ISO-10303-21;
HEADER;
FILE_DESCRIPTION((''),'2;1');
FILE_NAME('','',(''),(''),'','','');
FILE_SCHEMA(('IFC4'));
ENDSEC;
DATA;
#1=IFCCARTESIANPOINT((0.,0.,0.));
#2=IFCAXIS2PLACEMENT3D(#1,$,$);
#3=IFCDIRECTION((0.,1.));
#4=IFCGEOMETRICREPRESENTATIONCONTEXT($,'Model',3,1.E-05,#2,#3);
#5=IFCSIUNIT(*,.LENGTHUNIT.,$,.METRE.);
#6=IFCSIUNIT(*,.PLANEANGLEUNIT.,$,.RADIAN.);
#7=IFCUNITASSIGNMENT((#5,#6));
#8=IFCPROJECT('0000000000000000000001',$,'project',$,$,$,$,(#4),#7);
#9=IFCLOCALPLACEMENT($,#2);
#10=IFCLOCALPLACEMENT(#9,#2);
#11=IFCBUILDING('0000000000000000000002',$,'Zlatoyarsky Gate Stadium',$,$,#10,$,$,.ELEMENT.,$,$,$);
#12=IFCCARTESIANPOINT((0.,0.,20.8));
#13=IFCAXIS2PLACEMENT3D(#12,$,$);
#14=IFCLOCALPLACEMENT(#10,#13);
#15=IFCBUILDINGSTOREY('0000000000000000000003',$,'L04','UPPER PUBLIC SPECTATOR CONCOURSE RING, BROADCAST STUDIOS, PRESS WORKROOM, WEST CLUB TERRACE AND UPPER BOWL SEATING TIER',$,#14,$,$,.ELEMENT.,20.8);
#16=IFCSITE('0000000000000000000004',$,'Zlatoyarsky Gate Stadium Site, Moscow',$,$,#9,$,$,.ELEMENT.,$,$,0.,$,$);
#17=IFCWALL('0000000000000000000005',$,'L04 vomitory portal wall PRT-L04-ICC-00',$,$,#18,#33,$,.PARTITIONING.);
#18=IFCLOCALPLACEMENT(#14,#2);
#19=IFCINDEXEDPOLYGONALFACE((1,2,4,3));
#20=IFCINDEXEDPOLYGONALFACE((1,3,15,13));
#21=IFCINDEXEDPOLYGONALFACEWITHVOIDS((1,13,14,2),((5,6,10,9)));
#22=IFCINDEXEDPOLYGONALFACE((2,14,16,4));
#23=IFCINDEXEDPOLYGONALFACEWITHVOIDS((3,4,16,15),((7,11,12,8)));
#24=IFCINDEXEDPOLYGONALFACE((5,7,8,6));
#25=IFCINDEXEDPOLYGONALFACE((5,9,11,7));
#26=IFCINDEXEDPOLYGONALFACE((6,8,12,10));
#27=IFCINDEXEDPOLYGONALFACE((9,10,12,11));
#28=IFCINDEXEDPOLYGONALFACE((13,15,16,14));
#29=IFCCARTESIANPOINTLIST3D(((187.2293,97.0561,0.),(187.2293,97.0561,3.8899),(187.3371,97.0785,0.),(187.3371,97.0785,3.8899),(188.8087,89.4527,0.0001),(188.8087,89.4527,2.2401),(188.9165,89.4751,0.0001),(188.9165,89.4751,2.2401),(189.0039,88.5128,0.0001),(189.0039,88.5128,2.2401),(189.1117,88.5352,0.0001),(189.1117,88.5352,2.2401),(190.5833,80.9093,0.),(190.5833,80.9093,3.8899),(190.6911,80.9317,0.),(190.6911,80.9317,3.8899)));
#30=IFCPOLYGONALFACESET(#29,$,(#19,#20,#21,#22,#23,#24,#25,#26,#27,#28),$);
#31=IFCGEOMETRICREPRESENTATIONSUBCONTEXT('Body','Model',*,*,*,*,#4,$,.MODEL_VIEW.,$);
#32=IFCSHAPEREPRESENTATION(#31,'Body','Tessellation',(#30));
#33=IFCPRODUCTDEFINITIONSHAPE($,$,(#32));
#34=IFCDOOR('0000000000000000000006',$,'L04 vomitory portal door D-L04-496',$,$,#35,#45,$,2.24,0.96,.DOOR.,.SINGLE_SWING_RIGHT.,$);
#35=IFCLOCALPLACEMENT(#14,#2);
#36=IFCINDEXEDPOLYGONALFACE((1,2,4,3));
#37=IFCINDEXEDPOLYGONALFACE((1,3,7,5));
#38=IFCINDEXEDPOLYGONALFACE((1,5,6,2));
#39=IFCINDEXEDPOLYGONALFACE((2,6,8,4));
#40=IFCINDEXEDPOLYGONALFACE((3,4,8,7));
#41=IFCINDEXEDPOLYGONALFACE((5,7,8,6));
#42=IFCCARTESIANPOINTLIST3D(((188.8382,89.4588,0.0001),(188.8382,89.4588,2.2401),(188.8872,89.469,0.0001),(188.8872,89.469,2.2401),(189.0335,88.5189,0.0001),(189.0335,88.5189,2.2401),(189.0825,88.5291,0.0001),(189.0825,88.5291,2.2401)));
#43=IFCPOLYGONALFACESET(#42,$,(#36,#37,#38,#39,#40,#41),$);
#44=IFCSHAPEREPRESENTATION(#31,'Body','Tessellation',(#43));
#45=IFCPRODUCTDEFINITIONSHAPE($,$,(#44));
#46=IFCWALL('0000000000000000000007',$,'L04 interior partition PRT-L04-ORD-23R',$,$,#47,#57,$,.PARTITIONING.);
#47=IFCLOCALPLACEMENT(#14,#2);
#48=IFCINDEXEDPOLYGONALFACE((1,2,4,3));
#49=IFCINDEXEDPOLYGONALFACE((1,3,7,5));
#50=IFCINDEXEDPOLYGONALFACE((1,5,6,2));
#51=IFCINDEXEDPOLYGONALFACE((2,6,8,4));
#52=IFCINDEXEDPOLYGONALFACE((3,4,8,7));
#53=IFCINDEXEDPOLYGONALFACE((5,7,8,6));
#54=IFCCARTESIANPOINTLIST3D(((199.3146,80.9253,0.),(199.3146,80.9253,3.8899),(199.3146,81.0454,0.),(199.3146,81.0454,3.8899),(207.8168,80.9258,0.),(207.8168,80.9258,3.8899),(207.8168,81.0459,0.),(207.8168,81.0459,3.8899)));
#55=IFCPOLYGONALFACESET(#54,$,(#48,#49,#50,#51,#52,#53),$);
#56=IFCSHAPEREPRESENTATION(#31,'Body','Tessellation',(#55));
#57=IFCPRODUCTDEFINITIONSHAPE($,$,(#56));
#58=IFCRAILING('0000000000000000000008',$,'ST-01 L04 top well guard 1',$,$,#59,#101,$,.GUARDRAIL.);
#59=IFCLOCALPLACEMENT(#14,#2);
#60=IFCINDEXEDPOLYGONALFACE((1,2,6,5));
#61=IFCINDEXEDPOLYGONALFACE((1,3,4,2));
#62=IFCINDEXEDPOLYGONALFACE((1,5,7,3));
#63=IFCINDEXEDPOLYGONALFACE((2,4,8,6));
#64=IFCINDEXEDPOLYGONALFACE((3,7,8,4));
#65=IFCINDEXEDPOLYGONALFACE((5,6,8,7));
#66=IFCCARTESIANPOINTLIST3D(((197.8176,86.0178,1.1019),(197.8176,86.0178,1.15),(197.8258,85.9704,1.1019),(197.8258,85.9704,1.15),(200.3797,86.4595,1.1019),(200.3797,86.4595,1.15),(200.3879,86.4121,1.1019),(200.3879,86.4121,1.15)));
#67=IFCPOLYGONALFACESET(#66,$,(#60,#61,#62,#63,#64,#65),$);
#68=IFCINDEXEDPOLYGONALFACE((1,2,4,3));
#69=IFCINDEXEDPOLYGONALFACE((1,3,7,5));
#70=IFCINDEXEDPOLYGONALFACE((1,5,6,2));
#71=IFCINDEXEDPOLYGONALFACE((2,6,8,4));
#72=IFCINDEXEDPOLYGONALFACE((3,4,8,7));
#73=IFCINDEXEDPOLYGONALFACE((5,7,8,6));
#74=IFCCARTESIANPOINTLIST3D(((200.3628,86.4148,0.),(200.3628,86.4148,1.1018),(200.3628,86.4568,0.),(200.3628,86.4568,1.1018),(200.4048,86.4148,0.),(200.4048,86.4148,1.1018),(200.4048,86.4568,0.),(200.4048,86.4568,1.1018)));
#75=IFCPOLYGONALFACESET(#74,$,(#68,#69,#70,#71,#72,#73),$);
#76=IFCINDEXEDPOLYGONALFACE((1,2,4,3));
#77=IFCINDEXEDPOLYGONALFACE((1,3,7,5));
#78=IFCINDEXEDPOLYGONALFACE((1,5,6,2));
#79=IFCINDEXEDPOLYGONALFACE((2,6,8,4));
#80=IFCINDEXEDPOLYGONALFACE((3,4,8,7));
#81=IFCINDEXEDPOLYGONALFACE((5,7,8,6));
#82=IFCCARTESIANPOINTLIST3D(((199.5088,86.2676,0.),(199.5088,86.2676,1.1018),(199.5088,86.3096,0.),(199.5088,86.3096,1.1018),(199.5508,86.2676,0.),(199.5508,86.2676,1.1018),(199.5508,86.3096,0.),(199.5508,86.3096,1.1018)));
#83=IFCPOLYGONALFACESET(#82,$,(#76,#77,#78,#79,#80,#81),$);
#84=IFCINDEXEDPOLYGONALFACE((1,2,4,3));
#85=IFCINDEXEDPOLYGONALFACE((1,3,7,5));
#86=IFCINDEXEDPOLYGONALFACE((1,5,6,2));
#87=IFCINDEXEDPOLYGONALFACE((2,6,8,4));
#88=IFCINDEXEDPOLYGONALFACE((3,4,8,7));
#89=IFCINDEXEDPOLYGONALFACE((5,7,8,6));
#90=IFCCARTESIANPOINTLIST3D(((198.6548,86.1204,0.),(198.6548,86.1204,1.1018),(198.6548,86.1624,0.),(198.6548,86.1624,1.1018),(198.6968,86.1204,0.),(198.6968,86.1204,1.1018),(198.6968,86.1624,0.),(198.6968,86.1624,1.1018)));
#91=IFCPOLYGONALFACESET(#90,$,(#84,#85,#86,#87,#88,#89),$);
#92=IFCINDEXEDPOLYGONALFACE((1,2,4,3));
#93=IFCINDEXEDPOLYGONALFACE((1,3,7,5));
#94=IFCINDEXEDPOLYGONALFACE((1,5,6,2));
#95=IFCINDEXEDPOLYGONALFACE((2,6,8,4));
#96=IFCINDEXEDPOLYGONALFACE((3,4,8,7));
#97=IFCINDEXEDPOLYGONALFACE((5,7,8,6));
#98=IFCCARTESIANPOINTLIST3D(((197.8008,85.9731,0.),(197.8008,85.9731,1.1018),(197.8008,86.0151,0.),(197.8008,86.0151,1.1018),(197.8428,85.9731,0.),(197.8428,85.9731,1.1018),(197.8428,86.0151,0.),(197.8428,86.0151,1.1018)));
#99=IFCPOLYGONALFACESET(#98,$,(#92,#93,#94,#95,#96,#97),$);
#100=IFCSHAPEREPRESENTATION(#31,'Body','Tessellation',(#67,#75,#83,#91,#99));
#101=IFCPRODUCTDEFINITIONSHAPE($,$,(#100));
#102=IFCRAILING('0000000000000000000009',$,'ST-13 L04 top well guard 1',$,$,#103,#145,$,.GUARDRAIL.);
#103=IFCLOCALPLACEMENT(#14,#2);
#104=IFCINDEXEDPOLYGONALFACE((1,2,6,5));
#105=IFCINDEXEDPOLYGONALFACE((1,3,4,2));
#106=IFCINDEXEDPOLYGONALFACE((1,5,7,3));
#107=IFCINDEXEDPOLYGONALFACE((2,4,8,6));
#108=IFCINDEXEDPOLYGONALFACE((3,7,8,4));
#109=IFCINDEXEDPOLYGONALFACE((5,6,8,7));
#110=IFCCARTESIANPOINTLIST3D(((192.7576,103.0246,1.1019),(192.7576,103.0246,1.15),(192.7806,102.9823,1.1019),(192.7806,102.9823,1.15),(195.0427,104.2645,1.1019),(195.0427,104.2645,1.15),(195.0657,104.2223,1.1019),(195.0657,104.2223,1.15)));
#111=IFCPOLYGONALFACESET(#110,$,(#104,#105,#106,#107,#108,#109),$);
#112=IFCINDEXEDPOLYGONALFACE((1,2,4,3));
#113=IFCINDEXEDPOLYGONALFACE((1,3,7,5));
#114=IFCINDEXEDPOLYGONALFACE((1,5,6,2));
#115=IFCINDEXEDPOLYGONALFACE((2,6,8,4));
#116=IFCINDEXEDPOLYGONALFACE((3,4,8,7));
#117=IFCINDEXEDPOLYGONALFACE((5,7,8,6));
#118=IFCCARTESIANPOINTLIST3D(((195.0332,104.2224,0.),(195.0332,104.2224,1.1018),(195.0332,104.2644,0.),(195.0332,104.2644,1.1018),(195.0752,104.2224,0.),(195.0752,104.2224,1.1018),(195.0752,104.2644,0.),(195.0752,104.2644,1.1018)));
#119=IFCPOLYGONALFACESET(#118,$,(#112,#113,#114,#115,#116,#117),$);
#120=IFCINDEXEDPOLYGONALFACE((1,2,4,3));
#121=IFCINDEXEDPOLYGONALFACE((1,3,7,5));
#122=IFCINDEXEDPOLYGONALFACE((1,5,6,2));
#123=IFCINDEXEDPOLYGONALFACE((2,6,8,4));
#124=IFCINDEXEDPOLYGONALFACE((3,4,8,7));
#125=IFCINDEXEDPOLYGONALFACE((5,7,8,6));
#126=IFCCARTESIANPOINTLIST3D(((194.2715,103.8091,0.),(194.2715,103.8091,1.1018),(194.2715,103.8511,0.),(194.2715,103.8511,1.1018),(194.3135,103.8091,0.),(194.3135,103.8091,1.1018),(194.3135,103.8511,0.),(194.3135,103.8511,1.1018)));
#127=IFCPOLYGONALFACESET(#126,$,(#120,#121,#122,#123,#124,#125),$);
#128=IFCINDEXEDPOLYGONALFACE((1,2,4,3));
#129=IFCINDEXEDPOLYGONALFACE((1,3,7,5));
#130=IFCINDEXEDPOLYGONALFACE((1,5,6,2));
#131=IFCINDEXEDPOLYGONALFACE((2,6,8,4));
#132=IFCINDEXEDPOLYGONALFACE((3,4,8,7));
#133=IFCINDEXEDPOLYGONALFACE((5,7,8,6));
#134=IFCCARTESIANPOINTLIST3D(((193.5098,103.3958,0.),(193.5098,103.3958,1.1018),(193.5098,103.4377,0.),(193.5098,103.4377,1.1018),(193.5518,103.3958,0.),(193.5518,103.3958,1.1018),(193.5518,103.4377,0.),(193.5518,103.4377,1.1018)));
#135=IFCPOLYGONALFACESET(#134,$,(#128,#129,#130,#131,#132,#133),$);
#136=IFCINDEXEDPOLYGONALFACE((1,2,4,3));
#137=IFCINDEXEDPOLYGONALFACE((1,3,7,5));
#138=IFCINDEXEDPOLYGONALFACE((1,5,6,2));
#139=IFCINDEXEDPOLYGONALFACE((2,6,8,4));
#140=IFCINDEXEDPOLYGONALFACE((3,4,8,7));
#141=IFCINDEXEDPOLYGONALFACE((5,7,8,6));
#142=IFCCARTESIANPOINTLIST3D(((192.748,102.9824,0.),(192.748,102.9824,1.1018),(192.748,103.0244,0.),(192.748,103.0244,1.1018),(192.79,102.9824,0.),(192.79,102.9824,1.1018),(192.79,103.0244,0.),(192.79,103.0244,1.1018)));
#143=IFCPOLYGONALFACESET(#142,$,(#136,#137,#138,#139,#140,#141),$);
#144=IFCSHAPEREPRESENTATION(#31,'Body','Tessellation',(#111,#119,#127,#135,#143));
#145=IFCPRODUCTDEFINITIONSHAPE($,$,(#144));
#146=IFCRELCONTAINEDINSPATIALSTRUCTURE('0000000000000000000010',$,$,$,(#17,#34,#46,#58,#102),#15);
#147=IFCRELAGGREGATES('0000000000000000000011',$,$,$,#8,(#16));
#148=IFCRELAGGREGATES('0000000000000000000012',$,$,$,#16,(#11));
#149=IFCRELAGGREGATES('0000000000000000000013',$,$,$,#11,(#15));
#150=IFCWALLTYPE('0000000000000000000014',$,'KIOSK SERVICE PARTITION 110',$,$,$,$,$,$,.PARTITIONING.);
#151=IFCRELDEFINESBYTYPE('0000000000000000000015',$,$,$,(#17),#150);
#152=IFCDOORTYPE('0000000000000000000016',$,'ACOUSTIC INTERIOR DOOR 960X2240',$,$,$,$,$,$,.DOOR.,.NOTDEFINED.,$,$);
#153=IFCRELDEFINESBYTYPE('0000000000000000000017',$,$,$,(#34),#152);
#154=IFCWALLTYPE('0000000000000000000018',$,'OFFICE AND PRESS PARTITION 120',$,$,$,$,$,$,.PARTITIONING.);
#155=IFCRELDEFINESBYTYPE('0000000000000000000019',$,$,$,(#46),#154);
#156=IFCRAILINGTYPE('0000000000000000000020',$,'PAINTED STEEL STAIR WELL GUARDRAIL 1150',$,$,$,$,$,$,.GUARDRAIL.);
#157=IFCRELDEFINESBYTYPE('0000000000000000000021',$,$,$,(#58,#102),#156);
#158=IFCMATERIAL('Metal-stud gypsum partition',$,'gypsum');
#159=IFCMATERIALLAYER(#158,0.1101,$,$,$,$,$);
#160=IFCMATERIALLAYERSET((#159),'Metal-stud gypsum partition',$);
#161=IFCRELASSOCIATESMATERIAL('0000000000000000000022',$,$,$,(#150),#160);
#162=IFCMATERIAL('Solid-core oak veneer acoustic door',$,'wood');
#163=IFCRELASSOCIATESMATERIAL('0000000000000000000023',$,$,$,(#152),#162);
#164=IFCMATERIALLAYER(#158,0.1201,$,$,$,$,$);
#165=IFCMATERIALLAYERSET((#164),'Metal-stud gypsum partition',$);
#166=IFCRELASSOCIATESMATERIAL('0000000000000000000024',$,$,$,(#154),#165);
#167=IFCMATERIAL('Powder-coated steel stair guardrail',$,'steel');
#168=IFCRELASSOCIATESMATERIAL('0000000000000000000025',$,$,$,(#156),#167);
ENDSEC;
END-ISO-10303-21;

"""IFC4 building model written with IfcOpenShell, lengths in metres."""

from ifc_helpers import new_model, si_unit, direction, frame, frame_2d, origin, origin_2d, place, context, subcontext, project, spatial, rectangle, extrude, material, layer, layer_set, type_object, element, fill, save


model = new_model("IFC4")

# Units and contexts
model_context = context("Model", 3, precision=1e-05, world=origin(), true_north=direction((0.0, 1.0)))
body_context = subcontext(model_context, "Body", "Model", "MODEL_VIEW")
ifc_project = project(units=[si_unit("LENGTHUNIT", "METRE"), si_unit("PLANEANGLEUNIT", "RADIAN")], contexts=[model_context])

# Site, building, storey
site_placement = place(None, origin())
site = spatial("IfcSite", under=ifc_project, at=site_placement, Name="Zlatoyarsky Gate Stadium Site, Moscow", CompositionType="ELEMENT", RefElevation=0.0)
building_placement = place(site_placement, origin())
building = spatial("IfcBuilding", under=site, at=building_placement, Name="Zlatoyarsky Gate Stadium", CompositionType="ELEMENT")
storey_placement = place(building_placement, frame((0.0, 0.0, 20.8)))
storey = spatial("IfcBuildingStorey", under=building, at=storey_placement, Name="L04", Description="UPPER PUBLIC SPECTATOR CONCOURSE RING, BROADCAST STUDIOS, PRESS WORKROOM, WEST CLUB TERRACE AND UPPER BOWL SEATING TIER", CompositionType="ELEMENT", Elevation=20.8)

# Wall, opening, door
ifc_material_1 = material(Name="Solid-core oak veneer acoustic door", Category="wood")
ifc_material_2 = material(Name="Metal-stud gypsum partition", Category="gypsum")
ifc_layer_1 = layer(ifc_material_2, 0.1101)
ifc_layer_set_1 = layer_set([ifc_layer_1], Name="Metal-stud gypsum partition")
wall_type_1 = type_object("IfcWallType", Name="KIOSK SERVICE PARTITION 110", PredefinedType="PARTITIONING", material=ifc_layer_set_1)
wall_1_placement = place(storey_placement, frame((190.6372, 80.9207, 0.0), z_axis=(0.0, 0.0, 1.0), x_axis=(-0.203379, 0.9791, 0.0)))
wall_1 = element("IfcWall", 1, at=wall_1_placement, inside=storey, type_object=wall_type_1, Name="L04 vomitory portal wall PRT-L04-ICC-00", PredefinedType="PARTITIONING", context=body_context, shape_type="SweptSolid", body=[
    extrude(rectangle(XDim=16.4915, YDim=0.1101, at=frame_2d((8.2456, 0.0))), origin(), (0.0, 0.0, 1.0), 3.8899),
])
opening_1_placement = place(wall_1_placement, frame((7.7656, 0.0, 0.0)))
opening_1 = element("IfcOpeningElement", 2, at=opening_1_placement, cuts=wall_1, PredefinedType="OPENING", context=body_context, shape_type="SweptSolid", body=[
    extrude(rectangle(XDim=0.96, YDim=2.24, at=frame_2d((0.48, 1.1201))), frame((0.0, 0.0649, 0.0), z_axis=(0.0, -1.0, 0.0), x_axis=(1.0, 0.0, 0.0)), (0.0, 0.0, 1.0), 0.1301),
])
door_type_1 = type_object("IfcDoorType", Name="ACOUSTIC INTERIOR DOOR 960X2240", OperationType="NOTDEFINED", PredefinedType="DOOR", material=ifc_material_1)
door_1_placement = place(opening_1_placement, origin())
door_1 = element("IfcDoor", 3, at=door_1_placement, inside=storey, type_object=door_type_1, Name="L04 vomitory portal door D-L04-496", OperationType="SINGLE_SWING_RIGHT", OverallHeight=2.24, OverallWidth=0.96, PredefinedType="DOOR", context=body_context, shape_type="SweptSolid", body=[
    extrude(rectangle(XDim=0.96, YDim=2.24, at=frame_2d((0.48, 1.1201))), frame((0.0, 0.0249, 0.0), z_axis=(0.0, -1.0, 0.0), x_axis=(1.0, 0.0, 0.0)), (0.0, 0.0, 1.0), 0.05),
])
fill(opening_1, door_1)

# Wall
ifc_layer_2 = layer(ifc_material_2, 0.1201)
ifc_layer_set_2 = layer_set([ifc_layer_2], Name="Metal-stud gypsum partition")
wall_type_2 = type_object("IfcWallType", Name="OFFICE AND PRESS PARTITION 120", PredefinedType="PARTITIONING", material=ifc_layer_set_2)
wall_2_placement = place(storey_placement, frame((199.3147, 80.9854, 0.0), z_axis=(0.0, 0.0, 1.0), x_axis=(1.0, 0.000057, 0.0)))
element("IfcWall", 4, at=wall_2_placement, inside=storey, type_object=wall_type_2, Name="L04 interior partition PRT-L04-ORD-23R", PredefinedType="PARTITIONING", context=body_context, shape_type="SweptSolid", body=[
    extrude(rectangle(XDim=8.5022, YDim=0.1201, at=frame_2d((4.251, 0.0))), origin(), (0.0, 0.0, 1.0), 3.8899),
])

# Railings
ifc_material_3 = material(Name="Powder-coated steel stair guardrail", Category="steel")
railing_type = type_object("IfcRailingType", Name="PAINTED STEEL STAIR WELL GUARDRAIL 1150", PredefinedType="GUARDRAIL", material=ifc_material_3)
railing_1_placement = place(storey_placement, frame((200.3838, 86.4358, 0.0)))
element("IfcRailing", 5, at=railing_1_placement, inside=storey, type_object=railing_type, Name="ST-01 L04 top well guard 1", PredefinedType="GUARDRAIL", context=body_context, shape_type="SweptSolid", body=[
    extrude(rectangle(XDim=0.0481, YDim=0.0481, at=origin_2d()), frame((0.0, 0.0, 1.126), z_axis=(-0.985465, -0.169879, 0.0), x_axis=(0.169879, -0.985465, 0.0)), (0.0, 0.0, 1.0), 2.5999),
    extrude(rectangle(XDim=0.042, YDim=0.042, at=origin_2d()), origin(), (0.0, 0.0, 1.0), 1.1018),
    extrude(rectangle(XDim=0.042, YDim=0.042, at=origin_2d()), frame((-0.854, -0.1472, 0.0)), (0.0, 0.0, 1.0), 1.1018),
    extrude(rectangle(XDim=0.042, YDim=0.042, at=origin_2d()), frame((-1.708, -0.2944, 0.0)), (0.0, 0.0, 1.0), 1.1018),
    extrude(rectangle(XDim=0.042, YDim=0.042, at=origin_2d()), frame((-2.562, -0.4417, 0.0)), (0.0, 0.0, 1.0), 1.1018),
])
railing_2_placement = place(storey_placement, frame((195.0542, 104.2434, 0.0)))
element("IfcRailing", 6, at=railing_2_placement, inside=storey, type_object=railing_type, Name="ST-13 L04 top well guard 1", PredefinedType="GUARDRAIL", context=body_context, shape_type="SweptSolid", body=[
    extrude(rectangle(XDim=0.0481, YDim=0.0481, at=origin_2d()), frame((0.0, 0.0, 1.126), z_axis=(-0.878938, -0.476936, 0.0), x_axis=(0.476936, -0.878938, 0.0)), (0.0, 0.0, 1.0), 2.5999),
    extrude(rectangle(XDim=0.042, YDim=0.042, at=origin_2d()), origin(), (0.0, 0.0, 1.0), 1.1018),
    extrude(rectangle(XDim=0.042, YDim=0.042, at=origin_2d()), frame((-0.7617, -0.4133, 0.0)), (0.0, 0.0, 1.0), 1.1018),
    extrude(rectangle(XDim=0.042, YDim=0.042, at=origin_2d()), frame((-1.5234, -0.8267, 0.0)), (0.0, 0.0, 1.0), 1.1018),
    extrude(rectangle(XDim=0.042, YDim=0.042, at=origin_2d()), frame((-2.2852, -1.24, 0.0)), (0.0, 0.0, 1.0), 1.1018),
])

save(model, "model.ifc")
